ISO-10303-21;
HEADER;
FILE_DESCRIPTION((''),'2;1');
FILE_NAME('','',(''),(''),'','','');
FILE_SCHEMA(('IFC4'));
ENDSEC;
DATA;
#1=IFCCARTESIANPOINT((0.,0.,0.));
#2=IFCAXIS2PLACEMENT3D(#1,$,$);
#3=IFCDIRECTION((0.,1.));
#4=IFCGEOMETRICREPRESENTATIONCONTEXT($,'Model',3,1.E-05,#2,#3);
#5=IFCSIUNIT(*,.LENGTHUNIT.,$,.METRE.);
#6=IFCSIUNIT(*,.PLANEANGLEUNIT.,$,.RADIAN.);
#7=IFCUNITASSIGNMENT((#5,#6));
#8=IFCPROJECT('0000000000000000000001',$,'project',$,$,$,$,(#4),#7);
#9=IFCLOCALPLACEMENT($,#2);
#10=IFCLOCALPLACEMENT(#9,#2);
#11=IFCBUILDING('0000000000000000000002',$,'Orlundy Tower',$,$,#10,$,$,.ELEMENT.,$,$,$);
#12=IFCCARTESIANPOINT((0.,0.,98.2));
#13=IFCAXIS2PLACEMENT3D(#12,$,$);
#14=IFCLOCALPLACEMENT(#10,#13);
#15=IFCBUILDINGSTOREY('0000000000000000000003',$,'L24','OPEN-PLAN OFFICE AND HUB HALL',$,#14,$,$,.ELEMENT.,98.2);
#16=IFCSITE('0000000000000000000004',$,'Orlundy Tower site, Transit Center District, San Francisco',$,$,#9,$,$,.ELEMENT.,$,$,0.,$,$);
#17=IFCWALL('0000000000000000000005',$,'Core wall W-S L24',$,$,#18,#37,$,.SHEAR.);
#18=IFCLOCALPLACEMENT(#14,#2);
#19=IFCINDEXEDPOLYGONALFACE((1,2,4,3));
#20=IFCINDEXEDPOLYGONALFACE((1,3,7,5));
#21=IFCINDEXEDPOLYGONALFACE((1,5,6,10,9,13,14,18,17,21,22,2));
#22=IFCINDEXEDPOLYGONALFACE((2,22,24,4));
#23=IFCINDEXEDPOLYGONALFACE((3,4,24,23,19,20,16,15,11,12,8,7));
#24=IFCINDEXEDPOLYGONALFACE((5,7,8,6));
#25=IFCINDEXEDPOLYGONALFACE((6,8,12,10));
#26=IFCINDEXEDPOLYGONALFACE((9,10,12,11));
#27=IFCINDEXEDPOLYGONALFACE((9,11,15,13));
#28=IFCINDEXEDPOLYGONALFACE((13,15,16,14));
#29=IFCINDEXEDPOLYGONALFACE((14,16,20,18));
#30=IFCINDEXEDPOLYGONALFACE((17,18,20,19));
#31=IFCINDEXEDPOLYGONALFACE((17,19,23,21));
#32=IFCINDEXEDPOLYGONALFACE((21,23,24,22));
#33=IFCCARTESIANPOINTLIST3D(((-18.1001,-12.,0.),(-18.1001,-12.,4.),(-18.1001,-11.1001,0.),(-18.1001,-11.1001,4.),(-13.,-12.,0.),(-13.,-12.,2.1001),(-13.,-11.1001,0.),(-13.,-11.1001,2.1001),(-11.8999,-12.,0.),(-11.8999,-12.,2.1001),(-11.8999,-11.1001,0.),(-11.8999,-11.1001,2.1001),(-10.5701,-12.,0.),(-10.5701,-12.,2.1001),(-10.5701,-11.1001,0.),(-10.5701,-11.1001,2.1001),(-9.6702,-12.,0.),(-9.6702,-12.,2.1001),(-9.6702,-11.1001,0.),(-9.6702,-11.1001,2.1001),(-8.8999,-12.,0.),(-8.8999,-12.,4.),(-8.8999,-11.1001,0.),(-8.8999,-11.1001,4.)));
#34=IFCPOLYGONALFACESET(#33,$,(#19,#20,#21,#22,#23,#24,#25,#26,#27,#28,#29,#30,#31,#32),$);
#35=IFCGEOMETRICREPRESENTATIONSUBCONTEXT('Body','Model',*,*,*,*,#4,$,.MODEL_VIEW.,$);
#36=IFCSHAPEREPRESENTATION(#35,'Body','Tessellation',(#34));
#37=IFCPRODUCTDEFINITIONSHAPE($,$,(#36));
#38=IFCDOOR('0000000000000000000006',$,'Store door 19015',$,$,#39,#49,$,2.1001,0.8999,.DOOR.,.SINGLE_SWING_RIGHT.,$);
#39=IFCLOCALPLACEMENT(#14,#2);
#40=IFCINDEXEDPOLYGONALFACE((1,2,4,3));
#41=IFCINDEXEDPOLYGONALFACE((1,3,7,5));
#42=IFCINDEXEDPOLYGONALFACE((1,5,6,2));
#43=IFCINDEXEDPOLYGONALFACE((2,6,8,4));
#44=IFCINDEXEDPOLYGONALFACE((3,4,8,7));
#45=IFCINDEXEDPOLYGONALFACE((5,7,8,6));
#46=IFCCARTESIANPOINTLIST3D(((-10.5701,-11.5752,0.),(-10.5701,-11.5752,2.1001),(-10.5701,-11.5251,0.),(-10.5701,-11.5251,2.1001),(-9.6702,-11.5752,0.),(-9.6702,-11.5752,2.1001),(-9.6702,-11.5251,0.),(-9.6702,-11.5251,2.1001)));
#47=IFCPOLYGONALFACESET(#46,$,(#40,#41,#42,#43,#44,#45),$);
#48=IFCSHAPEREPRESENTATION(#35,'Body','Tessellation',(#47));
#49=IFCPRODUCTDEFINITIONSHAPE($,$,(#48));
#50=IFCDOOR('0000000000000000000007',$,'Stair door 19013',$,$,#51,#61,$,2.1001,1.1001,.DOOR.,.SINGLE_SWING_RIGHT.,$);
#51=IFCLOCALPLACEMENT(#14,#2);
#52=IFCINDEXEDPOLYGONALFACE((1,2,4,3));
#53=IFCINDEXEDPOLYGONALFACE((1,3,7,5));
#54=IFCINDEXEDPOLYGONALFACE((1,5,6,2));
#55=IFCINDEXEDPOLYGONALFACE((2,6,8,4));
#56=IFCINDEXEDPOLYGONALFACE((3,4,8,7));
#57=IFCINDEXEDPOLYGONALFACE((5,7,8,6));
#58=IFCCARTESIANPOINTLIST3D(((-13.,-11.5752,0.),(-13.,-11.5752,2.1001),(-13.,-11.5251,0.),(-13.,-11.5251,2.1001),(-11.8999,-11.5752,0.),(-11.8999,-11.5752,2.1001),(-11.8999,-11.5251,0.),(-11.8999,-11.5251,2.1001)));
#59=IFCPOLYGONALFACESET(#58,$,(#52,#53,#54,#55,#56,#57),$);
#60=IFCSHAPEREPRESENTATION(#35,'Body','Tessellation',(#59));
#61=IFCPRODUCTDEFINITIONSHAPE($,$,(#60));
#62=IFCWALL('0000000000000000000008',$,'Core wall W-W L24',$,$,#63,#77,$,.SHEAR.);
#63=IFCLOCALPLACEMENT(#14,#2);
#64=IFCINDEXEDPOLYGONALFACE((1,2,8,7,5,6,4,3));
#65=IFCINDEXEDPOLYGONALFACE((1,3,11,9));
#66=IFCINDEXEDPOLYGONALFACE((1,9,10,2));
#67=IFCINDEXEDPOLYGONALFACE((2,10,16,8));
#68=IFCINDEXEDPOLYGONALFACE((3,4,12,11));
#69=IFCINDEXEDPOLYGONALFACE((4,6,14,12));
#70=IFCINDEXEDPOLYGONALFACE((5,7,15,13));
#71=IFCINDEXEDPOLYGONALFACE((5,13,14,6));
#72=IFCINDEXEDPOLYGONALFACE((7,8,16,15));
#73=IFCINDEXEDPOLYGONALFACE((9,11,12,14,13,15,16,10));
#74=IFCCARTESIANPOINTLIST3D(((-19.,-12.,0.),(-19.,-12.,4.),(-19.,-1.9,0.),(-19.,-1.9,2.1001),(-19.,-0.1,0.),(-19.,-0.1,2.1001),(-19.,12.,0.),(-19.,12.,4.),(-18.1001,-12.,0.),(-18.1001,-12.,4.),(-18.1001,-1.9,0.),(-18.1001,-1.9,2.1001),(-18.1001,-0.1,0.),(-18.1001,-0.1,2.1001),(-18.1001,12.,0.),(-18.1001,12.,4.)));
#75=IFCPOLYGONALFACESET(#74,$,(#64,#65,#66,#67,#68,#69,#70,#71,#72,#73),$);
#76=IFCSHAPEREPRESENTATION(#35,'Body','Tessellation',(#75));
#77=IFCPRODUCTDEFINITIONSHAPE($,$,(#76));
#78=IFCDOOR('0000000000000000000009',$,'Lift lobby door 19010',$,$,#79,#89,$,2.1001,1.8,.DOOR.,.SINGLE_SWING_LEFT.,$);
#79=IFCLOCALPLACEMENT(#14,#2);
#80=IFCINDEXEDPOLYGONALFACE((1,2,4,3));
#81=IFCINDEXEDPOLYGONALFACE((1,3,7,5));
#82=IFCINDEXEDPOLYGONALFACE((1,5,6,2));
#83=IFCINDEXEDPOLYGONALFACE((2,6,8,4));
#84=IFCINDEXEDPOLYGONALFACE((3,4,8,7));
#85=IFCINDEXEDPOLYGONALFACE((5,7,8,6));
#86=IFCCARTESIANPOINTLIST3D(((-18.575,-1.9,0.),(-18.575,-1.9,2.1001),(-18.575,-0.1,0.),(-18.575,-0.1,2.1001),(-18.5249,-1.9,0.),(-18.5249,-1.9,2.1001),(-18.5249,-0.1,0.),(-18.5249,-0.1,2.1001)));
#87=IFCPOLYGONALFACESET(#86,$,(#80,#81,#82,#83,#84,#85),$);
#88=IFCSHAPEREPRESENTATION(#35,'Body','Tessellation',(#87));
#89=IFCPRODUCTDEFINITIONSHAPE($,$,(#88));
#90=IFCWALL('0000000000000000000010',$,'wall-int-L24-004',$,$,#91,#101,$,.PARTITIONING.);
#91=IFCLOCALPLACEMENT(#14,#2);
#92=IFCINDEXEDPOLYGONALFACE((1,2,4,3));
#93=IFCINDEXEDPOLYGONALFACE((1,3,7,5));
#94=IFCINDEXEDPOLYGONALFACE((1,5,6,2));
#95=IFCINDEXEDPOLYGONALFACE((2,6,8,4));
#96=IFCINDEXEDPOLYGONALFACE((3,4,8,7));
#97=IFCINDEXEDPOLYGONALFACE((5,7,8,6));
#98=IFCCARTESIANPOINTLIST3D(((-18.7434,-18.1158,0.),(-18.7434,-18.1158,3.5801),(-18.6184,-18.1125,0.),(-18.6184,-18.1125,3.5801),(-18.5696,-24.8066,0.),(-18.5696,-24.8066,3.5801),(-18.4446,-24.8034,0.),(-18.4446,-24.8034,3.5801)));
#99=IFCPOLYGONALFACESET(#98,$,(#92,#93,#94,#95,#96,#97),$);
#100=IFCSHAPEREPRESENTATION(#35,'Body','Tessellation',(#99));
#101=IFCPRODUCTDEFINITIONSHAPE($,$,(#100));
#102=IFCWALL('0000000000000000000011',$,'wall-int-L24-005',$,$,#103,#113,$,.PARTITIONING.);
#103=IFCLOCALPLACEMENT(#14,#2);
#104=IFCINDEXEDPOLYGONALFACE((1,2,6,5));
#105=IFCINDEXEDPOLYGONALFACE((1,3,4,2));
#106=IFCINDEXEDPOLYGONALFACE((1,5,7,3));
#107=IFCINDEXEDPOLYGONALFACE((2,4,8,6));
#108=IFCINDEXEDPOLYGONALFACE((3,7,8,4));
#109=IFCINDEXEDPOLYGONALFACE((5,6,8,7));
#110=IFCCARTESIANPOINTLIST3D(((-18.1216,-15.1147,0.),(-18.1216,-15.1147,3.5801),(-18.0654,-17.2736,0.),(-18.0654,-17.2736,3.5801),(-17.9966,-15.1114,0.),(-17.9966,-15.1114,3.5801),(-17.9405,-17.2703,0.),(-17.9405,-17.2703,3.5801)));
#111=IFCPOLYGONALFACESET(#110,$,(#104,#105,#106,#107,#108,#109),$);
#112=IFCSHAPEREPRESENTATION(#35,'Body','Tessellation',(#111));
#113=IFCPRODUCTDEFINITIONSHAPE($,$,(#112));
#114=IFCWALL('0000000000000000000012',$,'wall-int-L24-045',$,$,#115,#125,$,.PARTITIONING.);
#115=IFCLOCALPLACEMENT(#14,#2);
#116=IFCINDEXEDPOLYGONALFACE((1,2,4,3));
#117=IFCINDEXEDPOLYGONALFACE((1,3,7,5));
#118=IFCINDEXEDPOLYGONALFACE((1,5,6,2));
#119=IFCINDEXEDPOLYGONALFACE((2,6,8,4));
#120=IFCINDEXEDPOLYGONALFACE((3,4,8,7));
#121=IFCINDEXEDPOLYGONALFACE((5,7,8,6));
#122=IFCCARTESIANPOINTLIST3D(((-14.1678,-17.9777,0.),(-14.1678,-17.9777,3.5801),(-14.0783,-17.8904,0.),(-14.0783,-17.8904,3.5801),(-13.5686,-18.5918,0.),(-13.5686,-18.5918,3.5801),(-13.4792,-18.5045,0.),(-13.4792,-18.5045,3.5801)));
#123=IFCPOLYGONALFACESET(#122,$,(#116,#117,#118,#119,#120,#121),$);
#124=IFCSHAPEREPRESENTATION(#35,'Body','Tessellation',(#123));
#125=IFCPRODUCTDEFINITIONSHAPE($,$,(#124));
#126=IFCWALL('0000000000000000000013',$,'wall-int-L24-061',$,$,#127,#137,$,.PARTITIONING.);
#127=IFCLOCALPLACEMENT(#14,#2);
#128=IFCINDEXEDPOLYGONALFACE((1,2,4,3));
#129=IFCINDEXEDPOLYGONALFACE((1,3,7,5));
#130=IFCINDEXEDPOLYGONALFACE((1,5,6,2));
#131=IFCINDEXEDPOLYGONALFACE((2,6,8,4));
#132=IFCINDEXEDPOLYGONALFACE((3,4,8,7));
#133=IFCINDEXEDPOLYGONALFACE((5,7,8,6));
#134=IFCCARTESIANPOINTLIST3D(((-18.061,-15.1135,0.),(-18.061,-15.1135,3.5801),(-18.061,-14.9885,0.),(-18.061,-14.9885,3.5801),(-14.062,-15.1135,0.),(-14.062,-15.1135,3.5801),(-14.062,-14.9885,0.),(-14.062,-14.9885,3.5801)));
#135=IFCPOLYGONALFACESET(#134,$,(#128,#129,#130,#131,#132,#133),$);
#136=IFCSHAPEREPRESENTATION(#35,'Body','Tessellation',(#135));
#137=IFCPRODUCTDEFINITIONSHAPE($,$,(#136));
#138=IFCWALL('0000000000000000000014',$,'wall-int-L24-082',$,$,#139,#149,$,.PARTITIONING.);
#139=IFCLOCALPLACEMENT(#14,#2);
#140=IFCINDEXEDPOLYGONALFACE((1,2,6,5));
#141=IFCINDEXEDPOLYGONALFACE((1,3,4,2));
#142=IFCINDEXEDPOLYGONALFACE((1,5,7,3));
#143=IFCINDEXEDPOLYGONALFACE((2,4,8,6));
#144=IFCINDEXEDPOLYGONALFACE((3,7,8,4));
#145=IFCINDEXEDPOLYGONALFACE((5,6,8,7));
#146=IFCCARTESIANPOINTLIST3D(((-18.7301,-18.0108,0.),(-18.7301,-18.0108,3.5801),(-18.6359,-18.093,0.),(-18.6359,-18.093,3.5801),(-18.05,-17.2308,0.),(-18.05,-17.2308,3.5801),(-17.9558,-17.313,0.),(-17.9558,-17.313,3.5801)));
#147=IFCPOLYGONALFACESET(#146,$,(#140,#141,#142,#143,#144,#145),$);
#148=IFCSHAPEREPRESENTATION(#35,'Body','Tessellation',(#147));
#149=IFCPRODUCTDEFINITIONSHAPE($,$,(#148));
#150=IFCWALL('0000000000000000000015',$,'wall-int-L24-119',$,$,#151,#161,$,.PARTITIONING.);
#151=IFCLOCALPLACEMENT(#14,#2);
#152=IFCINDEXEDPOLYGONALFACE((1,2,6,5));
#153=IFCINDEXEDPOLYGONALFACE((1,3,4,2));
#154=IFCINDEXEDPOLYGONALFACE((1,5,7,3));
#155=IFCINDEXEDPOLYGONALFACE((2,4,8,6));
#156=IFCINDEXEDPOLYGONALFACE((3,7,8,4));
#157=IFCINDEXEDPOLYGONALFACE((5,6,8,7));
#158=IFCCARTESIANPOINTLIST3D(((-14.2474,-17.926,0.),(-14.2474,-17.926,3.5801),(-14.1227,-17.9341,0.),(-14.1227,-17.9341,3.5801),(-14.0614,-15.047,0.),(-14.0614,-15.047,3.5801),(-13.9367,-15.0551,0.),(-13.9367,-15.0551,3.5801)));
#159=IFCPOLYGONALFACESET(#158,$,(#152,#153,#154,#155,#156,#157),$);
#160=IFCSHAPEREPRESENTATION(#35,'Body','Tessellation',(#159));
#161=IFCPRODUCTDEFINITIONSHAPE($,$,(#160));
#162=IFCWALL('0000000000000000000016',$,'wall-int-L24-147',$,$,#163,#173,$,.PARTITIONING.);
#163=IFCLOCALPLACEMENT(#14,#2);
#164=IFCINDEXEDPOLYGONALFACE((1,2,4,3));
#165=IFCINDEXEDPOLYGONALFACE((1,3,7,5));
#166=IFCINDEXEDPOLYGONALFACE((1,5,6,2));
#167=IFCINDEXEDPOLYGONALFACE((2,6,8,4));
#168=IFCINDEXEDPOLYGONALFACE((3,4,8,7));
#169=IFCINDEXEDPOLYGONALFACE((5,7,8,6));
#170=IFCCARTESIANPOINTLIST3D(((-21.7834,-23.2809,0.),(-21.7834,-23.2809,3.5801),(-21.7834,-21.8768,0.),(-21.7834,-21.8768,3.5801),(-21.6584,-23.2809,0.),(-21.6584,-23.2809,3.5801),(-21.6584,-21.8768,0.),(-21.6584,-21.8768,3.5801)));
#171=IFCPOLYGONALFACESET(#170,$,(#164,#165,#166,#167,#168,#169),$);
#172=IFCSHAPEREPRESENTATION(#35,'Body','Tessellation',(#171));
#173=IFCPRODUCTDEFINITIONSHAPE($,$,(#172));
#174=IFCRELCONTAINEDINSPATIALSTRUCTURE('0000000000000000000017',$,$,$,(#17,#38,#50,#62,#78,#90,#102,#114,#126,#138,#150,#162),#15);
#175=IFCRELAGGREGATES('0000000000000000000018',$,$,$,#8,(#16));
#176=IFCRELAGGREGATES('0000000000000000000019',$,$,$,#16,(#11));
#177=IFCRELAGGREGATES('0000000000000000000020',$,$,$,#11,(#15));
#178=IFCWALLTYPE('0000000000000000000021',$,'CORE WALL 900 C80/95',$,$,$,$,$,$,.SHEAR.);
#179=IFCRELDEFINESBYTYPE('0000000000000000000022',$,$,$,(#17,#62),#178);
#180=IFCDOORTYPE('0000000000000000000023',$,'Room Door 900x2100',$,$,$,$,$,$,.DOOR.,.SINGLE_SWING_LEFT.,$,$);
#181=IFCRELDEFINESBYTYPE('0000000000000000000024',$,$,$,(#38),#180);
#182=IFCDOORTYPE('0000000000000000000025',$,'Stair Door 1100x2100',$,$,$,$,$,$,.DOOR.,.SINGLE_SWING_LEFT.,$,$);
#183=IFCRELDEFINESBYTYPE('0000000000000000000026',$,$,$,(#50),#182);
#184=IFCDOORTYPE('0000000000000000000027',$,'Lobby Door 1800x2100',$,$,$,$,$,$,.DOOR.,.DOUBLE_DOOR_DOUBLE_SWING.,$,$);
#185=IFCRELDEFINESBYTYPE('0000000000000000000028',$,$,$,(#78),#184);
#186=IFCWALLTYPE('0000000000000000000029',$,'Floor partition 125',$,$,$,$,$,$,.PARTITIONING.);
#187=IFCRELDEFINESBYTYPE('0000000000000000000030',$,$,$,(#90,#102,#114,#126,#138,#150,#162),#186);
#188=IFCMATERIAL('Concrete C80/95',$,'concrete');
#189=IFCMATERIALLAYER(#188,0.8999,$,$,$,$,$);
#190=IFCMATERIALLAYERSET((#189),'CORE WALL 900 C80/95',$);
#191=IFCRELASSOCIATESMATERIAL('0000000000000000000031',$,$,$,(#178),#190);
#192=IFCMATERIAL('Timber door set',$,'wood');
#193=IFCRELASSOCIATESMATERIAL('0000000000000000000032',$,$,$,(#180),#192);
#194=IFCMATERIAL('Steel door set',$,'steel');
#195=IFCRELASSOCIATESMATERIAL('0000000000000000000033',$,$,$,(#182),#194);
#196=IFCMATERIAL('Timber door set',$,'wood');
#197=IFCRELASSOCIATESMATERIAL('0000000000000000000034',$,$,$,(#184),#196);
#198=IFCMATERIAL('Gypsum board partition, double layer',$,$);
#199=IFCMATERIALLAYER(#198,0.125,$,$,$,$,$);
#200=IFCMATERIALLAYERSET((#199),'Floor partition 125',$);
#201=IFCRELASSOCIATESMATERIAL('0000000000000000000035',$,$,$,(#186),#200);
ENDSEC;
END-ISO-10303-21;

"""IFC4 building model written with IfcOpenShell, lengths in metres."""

from ifc_helpers import new_model, si_unit, direction, frame, frame_2d, origin, place, context, subcontext, project, spatial, rectangle, extrude, material, layer, layer_set, type_object, element, fill, save


model = new_model("IFC4")

# Units and contexts
model_context = context("Model", 3, precision=1e-05, world=origin(), true_north=direction((0.0, 1.0)))
body_context = subcontext(model_context, "Body", "Model", "MODEL_VIEW")
ifc_project = project(units=[si_unit("LENGTHUNIT", "METRE"), si_unit("PLANEANGLEUNIT", "RADIAN")], contexts=[model_context])

# Site, building, storey
site_placement = place(None, origin())
site = spatial("IfcSite", under=ifc_project, at=site_placement, Name="Orlundy Tower site, Transit Center District, San Francisco", CompositionType="ELEMENT", RefElevation=0.0)
building_placement = place(site_placement, origin())
building = spatial("IfcBuilding", under=site, at=building_placement, Name="Orlundy Tower", CompositionType="ELEMENT")
storey_placement = place(building_placement, frame((0.0, 0.0, 98.2)))
storey = spatial("IfcBuildingStorey", under=building, at=storey_placement, Name="L24", Description="OPEN-PLAN OFFICE AND HUB HALL", CompositionType="ELEMENT", Elevation=98.2)

# Wall, openings, doors
ifc_material_1 = material(Name="Concrete C80/95", Category="concrete")
ifc_layer_1 = layer(ifc_material_1, 0.8999)
ifc_layer_set_1 = layer_set([ifc_layer_1], Name="CORE WALL 900 C80/95")
wall_type_1 = type_object("IfcWallType", Name="CORE WALL 900 C80/95", PredefinedType="SHEAR", material=ifc_layer_set_1)
wall_1_placement = place(storey_placement, frame((-18.1001, -11.55, 0.0), z_axis=(0.0, 0.0, 1.0), x_axis=(1.0, 0.0, 0.0)))
wall_1 = element("IfcWall", 1, at=wall_1_placement, inside=storey, type_object=wall_type_1, Name="Core wall W-S L24", PredefinedType="SHEAR", context=body_context, shape_type="SweptSolid", body=[
    extrude(rectangle(XDim=9.2002, YDim=0.8999, at=frame_2d((4.6001, 0.0))), origin(), (0.0, 0.0, 1.0), 4.0),
])
opening_1_placement = place(wall_1_placement, frame((5.1001, 0.0, 0.0)))
opening_1 = element("IfcOpeningElement", 2, at=opening_1_placement, cuts=wall_1, PredefinedType="OPENING", context=body_context, shape_type="SweptSolid", body=[
    extrude(rectangle(XDim=1.1001, YDim=2.1001, at=frame_2d((0.55, 1.05))), frame((0.0, 0.46, 0.0), z_axis=(0.0, -1.0, 0.0), x_axis=(1.0, 0.0, 0.0)), (0.0, 0.0, 1.0), 0.9199),
])
opening_2_placement = place(wall_1_placement, frame((7.53, 0.0, 0.0)))
opening_2 = element("IfcOpeningElement", 3, at=opening_2_placement, cuts=wall_1, PredefinedType="OPENING", context=body_context, shape_type="SweptSolid", body=[
    extrude(rectangle(XDim=0.8999, YDim=2.1001, at=frame_2d((0.45, 1.05))), frame((0.0, 0.46, 0.0), z_axis=(0.0, -1.0, 0.0), x_axis=(1.0, 0.0, 0.0)), (0.0, 0.0, 1.0), 0.9199),
])
ifc_material_2 = material(Name="Timber door set", Category="wood")
door_type_1 = type_object("IfcDoorType", Name="Room Door 900x2100", OperationType="SINGLE_SWING_LEFT", PredefinedType="DOOR", material=ifc_material_2)
door_1_placement = place(opening_2_placement, origin())
door_1 = element("IfcDoor", 4, at=door_1_placement, inside=storey, type_object=door_type_1, Name="Store door 19015", OperationType="SINGLE_SWING_RIGHT", OverallHeight=2.1001, OverallWidth=0.8999, PredefinedType="DOOR", context=body_context, shape_type="SweptSolid", body=[
    extrude(rectangle(XDim=0.8999, YDim=2.1001, at=frame_2d((0.45, 1.05))), frame((0.0, 0.0249, 0.0), z_axis=(0.0, -1.0, 0.0), x_axis=(1.0, 0.0, 0.0)), (0.0, 0.0, 1.0), 0.05),
])
fill(opening_2, door_1)
ifc_material_3 = material(Name="Steel door set", Category="steel")
door_type_2 = type_object("IfcDoorType", Name="Stair Door 1100x2100", OperationType="SINGLE_SWING_LEFT", PredefinedType="DOOR", material=ifc_material_3)
door_2_placement = place(opening_1_placement, origin())
door_2 = element("IfcDoor", 5, at=door_2_placement, inside=storey, type_object=door_type_2, Name="Stair door 19013", OperationType="SINGLE_SWING_RIGHT", OverallHeight=2.1001, OverallWidth=1.1001, PredefinedType="DOOR", context=body_context, shape_type="SweptSolid", body=[
    extrude(rectangle(XDim=1.1001, YDim=2.1001, at=frame_2d((0.55, 1.05))), frame((0.0, 0.0249, 0.0), z_axis=(0.0, -1.0, 0.0), x_axis=(1.0, 0.0, 0.0)), (0.0, 0.0, 1.0), 0.05),
])
fill(opening_1, door_2)

# Wall, opening, door
wall_2_placement = place(storey_placement, frame((-18.55, -12.0, 0.0), z_axis=(0.0, 0.0, 1.0), x_axis=(0.0, 1.0, 0.0)))
wall_2 = element("IfcWall", 6, at=wall_2_placement, inside=storey, type_object=wall_type_1, Name="Core wall W-W L24", PredefinedType="SHEAR", context=body_context, shape_type="SweptSolid", body=[
    extrude(rectangle(XDim=24.0, YDim=0.8999, at=frame_2d((12.0, 0.0))), origin(), (0.0, 0.0, 1.0), 4.0),
])
opening_3_placement = place(wall_2_placement, frame((10.1001, 0.0, 0.0)))
opening_3 = element("IfcOpeningElement", 7, at=opening_3_placement, cuts=wall_2, PredefinedType="OPENING", context=body_context, shape_type="SweptSolid", body=[
    extrude(rectangle(XDim=1.8, YDim=2.1001, at=frame_2d((0.8999, 1.05))), frame((0.0, 0.46, 0.0), z_axis=(0.0, -1.0, 0.0), x_axis=(1.0, 0.0, 0.0)), (0.0, 0.0, 1.0), 0.9199),
])
ifc_material_4 = material(Name="Timber door set", Category="wood")
door_type_3 = type_object("IfcDoorType", Name="Lobby Door 1800x2100", OperationType="DOUBLE_DOOR_DOUBLE_SWING", PredefinedType="DOOR", material=ifc_material_4)
door_3_placement = place(opening_3_placement, origin())
door_3 = element("IfcDoor", 8, at=door_3_placement, inside=storey, type_object=door_type_3, Name="Lift lobby door 19010", OperationType="SINGLE_SWING_LEFT", OverallHeight=2.1001, OverallWidth=1.8, PredefinedType="DOOR", context=body_context, shape_type="SweptSolid", body=[
    extrude(rectangle(XDim=1.8, YDim=2.1001, at=frame_2d((0.8999, 1.05))), frame((0.0, 0.0249, 0.0), z_axis=(0.0, -1.0, 0.0), x_axis=(1.0, 0.0, 0.0)), (0.0, 0.0, 1.0), 0.05),
])
fill(opening_3, door_3)

# Walls
ifc_material_5 = material(Name="Gypsum board partition, double layer")
ifc_layer_2 = layer(ifc_material_5, 0.125)
ifc_layer_set_2 = layer_set([ifc_layer_2], Name="Floor partition 125")
wall_type_2 = type_object("IfcWallType", Name="Floor partition 125", PredefinedType="PARTITIONING", material=ifc_layer_set_2)
wall_3_placement = place(storey_placement, frame((-18.6809, -18.114, 0.0), z_axis=(0.0, 0.0, 1.0), x_axis=(0.025971, -0.999663, 0.0)))
element("IfcWall", 9, at=wall_3_placement, inside=storey, type_object=wall_type_2, Name="wall-int-L24-004", PredefinedType="PARTITIONING", context=body_context, shape_type="SweptSolid", body=[
    extrude(rectangle(XDim=6.6931, YDim=0.125, at=frame_2d((3.3467, 0.0))), origin(), (0.0, 0.0, 1.0), 3.5801),
])
wall_4_placement = place(storey_placement, frame((-18.0591, -15.113, 0.0), z_axis=(0.0, 0.0, 1.0), x_axis=(0.026, -0.999662, 0.0)))
element("IfcWall", 10, at=wall_4_placement, inside=storey, type_object=wall_type_2, Name="wall-int-L24-005", PredefinedType="PARTITIONING", context=body_context, shape_type="SweptSolid", body=[
    extrude(rectangle(XDim=2.1597, YDim=0.125, at=frame_2d((1.0798, 0.0))), origin(), (0.0, 0.0, 1.0), 3.5801),
])
wall_5_placement = place(storey_placement, frame((-14.123, -17.9341, 0.0), z_axis=(0.0, 0.0, 1.0), x_axis=(0.698374, -0.715733, 0.0)))
element("IfcWall", 11, at=wall_5_placement, inside=storey, type_object=wall_type_2, Name="wall-int-L24-045", PredefinedType="PARTITIONING", context=body_context, shape_type="SweptSolid", body=[
    extrude(rectangle(XDim=0.8579, YDim=0.125, at=frame_2d((0.429, 0.0))), origin(), (0.0, 0.0, 1.0), 3.5801),
])
wall_6_placement = place(storey_placement, frame((-18.061, -15.051, 0.0), z_axis=(0.0, 0.0, 1.0), x_axis=(1.0, 0.0, 0.0)))
element("IfcWall", 12, at=wall_6_placement, inside=storey, type_object=wall_type_2, Name="wall-int-L24-061", PredefinedType="PARTITIONING", context=body_context, shape_type="SweptSolid", body=[
    extrude(rectangle(XDim=3.999, YDim=0.125, at=frame_2d((1.9995, 0.0))), origin(), (0.0, 0.0, 1.0), 3.5801),
])
wall_7_placement = place(storey_placement, frame((-18.6831, -18.052, 0.0), z_axis=(0.0, 0.0, 1.0), x_axis=(0.657218, 0.753701, 0.0)))
element("IfcWall", 13, at=wall_7_placement, inside=storey, type_object=wall_type_2, Name="wall-int-L24-082", PredefinedType="PARTITIONING", context=body_context, shape_type="SweptSolid", body=[
    extrude(rectangle(XDim=1.0349, YDim=0.125, at=frame_2d((0.5176, 0.0))), origin(), (0.0, 0.0, 1.0), 3.5801),
])
wall_8_placement = place(storey_placement, frame((-14.1851, -17.9299, 0.0), z_axis=(0.0, 0.0, 1.0), x_axis=(0.064486, 0.997919, 0.0)))
element("IfcWall", 14, at=wall_8_placement, inside=storey, type_object=wall_type_2, Name="wall-int-L24-119", PredefinedType="PARTITIONING", context=body_context, shape_type="SweptSolid", body=[
    extrude(rectangle(XDim=2.885, YDim=0.125, at=frame_2d((1.4424, 0.0))), origin(), (0.0, 0.0, 1.0), 3.5801),
])
wall_9_placement = place(storey_placement, frame((-21.7209, -23.281, 0.0), z_axis=(0.0, 0.0, 1.0), x_axis=(0.0, 1.0, 0.0)))
element("IfcWall", 15, at=wall_9_placement, inside=storey, type_object=wall_type_2, Name="wall-int-L24-147", PredefinedType="PARTITIONING", context=body_context, shape_type="SweptSolid", body=[
    extrude(rectangle(XDim=1.4041, YDim=0.125, at=frame_2d((0.7021, 0.0))), origin(), (0.0, 0.0, 1.0), 3.5801),
])

save(model, "model.ifc")
